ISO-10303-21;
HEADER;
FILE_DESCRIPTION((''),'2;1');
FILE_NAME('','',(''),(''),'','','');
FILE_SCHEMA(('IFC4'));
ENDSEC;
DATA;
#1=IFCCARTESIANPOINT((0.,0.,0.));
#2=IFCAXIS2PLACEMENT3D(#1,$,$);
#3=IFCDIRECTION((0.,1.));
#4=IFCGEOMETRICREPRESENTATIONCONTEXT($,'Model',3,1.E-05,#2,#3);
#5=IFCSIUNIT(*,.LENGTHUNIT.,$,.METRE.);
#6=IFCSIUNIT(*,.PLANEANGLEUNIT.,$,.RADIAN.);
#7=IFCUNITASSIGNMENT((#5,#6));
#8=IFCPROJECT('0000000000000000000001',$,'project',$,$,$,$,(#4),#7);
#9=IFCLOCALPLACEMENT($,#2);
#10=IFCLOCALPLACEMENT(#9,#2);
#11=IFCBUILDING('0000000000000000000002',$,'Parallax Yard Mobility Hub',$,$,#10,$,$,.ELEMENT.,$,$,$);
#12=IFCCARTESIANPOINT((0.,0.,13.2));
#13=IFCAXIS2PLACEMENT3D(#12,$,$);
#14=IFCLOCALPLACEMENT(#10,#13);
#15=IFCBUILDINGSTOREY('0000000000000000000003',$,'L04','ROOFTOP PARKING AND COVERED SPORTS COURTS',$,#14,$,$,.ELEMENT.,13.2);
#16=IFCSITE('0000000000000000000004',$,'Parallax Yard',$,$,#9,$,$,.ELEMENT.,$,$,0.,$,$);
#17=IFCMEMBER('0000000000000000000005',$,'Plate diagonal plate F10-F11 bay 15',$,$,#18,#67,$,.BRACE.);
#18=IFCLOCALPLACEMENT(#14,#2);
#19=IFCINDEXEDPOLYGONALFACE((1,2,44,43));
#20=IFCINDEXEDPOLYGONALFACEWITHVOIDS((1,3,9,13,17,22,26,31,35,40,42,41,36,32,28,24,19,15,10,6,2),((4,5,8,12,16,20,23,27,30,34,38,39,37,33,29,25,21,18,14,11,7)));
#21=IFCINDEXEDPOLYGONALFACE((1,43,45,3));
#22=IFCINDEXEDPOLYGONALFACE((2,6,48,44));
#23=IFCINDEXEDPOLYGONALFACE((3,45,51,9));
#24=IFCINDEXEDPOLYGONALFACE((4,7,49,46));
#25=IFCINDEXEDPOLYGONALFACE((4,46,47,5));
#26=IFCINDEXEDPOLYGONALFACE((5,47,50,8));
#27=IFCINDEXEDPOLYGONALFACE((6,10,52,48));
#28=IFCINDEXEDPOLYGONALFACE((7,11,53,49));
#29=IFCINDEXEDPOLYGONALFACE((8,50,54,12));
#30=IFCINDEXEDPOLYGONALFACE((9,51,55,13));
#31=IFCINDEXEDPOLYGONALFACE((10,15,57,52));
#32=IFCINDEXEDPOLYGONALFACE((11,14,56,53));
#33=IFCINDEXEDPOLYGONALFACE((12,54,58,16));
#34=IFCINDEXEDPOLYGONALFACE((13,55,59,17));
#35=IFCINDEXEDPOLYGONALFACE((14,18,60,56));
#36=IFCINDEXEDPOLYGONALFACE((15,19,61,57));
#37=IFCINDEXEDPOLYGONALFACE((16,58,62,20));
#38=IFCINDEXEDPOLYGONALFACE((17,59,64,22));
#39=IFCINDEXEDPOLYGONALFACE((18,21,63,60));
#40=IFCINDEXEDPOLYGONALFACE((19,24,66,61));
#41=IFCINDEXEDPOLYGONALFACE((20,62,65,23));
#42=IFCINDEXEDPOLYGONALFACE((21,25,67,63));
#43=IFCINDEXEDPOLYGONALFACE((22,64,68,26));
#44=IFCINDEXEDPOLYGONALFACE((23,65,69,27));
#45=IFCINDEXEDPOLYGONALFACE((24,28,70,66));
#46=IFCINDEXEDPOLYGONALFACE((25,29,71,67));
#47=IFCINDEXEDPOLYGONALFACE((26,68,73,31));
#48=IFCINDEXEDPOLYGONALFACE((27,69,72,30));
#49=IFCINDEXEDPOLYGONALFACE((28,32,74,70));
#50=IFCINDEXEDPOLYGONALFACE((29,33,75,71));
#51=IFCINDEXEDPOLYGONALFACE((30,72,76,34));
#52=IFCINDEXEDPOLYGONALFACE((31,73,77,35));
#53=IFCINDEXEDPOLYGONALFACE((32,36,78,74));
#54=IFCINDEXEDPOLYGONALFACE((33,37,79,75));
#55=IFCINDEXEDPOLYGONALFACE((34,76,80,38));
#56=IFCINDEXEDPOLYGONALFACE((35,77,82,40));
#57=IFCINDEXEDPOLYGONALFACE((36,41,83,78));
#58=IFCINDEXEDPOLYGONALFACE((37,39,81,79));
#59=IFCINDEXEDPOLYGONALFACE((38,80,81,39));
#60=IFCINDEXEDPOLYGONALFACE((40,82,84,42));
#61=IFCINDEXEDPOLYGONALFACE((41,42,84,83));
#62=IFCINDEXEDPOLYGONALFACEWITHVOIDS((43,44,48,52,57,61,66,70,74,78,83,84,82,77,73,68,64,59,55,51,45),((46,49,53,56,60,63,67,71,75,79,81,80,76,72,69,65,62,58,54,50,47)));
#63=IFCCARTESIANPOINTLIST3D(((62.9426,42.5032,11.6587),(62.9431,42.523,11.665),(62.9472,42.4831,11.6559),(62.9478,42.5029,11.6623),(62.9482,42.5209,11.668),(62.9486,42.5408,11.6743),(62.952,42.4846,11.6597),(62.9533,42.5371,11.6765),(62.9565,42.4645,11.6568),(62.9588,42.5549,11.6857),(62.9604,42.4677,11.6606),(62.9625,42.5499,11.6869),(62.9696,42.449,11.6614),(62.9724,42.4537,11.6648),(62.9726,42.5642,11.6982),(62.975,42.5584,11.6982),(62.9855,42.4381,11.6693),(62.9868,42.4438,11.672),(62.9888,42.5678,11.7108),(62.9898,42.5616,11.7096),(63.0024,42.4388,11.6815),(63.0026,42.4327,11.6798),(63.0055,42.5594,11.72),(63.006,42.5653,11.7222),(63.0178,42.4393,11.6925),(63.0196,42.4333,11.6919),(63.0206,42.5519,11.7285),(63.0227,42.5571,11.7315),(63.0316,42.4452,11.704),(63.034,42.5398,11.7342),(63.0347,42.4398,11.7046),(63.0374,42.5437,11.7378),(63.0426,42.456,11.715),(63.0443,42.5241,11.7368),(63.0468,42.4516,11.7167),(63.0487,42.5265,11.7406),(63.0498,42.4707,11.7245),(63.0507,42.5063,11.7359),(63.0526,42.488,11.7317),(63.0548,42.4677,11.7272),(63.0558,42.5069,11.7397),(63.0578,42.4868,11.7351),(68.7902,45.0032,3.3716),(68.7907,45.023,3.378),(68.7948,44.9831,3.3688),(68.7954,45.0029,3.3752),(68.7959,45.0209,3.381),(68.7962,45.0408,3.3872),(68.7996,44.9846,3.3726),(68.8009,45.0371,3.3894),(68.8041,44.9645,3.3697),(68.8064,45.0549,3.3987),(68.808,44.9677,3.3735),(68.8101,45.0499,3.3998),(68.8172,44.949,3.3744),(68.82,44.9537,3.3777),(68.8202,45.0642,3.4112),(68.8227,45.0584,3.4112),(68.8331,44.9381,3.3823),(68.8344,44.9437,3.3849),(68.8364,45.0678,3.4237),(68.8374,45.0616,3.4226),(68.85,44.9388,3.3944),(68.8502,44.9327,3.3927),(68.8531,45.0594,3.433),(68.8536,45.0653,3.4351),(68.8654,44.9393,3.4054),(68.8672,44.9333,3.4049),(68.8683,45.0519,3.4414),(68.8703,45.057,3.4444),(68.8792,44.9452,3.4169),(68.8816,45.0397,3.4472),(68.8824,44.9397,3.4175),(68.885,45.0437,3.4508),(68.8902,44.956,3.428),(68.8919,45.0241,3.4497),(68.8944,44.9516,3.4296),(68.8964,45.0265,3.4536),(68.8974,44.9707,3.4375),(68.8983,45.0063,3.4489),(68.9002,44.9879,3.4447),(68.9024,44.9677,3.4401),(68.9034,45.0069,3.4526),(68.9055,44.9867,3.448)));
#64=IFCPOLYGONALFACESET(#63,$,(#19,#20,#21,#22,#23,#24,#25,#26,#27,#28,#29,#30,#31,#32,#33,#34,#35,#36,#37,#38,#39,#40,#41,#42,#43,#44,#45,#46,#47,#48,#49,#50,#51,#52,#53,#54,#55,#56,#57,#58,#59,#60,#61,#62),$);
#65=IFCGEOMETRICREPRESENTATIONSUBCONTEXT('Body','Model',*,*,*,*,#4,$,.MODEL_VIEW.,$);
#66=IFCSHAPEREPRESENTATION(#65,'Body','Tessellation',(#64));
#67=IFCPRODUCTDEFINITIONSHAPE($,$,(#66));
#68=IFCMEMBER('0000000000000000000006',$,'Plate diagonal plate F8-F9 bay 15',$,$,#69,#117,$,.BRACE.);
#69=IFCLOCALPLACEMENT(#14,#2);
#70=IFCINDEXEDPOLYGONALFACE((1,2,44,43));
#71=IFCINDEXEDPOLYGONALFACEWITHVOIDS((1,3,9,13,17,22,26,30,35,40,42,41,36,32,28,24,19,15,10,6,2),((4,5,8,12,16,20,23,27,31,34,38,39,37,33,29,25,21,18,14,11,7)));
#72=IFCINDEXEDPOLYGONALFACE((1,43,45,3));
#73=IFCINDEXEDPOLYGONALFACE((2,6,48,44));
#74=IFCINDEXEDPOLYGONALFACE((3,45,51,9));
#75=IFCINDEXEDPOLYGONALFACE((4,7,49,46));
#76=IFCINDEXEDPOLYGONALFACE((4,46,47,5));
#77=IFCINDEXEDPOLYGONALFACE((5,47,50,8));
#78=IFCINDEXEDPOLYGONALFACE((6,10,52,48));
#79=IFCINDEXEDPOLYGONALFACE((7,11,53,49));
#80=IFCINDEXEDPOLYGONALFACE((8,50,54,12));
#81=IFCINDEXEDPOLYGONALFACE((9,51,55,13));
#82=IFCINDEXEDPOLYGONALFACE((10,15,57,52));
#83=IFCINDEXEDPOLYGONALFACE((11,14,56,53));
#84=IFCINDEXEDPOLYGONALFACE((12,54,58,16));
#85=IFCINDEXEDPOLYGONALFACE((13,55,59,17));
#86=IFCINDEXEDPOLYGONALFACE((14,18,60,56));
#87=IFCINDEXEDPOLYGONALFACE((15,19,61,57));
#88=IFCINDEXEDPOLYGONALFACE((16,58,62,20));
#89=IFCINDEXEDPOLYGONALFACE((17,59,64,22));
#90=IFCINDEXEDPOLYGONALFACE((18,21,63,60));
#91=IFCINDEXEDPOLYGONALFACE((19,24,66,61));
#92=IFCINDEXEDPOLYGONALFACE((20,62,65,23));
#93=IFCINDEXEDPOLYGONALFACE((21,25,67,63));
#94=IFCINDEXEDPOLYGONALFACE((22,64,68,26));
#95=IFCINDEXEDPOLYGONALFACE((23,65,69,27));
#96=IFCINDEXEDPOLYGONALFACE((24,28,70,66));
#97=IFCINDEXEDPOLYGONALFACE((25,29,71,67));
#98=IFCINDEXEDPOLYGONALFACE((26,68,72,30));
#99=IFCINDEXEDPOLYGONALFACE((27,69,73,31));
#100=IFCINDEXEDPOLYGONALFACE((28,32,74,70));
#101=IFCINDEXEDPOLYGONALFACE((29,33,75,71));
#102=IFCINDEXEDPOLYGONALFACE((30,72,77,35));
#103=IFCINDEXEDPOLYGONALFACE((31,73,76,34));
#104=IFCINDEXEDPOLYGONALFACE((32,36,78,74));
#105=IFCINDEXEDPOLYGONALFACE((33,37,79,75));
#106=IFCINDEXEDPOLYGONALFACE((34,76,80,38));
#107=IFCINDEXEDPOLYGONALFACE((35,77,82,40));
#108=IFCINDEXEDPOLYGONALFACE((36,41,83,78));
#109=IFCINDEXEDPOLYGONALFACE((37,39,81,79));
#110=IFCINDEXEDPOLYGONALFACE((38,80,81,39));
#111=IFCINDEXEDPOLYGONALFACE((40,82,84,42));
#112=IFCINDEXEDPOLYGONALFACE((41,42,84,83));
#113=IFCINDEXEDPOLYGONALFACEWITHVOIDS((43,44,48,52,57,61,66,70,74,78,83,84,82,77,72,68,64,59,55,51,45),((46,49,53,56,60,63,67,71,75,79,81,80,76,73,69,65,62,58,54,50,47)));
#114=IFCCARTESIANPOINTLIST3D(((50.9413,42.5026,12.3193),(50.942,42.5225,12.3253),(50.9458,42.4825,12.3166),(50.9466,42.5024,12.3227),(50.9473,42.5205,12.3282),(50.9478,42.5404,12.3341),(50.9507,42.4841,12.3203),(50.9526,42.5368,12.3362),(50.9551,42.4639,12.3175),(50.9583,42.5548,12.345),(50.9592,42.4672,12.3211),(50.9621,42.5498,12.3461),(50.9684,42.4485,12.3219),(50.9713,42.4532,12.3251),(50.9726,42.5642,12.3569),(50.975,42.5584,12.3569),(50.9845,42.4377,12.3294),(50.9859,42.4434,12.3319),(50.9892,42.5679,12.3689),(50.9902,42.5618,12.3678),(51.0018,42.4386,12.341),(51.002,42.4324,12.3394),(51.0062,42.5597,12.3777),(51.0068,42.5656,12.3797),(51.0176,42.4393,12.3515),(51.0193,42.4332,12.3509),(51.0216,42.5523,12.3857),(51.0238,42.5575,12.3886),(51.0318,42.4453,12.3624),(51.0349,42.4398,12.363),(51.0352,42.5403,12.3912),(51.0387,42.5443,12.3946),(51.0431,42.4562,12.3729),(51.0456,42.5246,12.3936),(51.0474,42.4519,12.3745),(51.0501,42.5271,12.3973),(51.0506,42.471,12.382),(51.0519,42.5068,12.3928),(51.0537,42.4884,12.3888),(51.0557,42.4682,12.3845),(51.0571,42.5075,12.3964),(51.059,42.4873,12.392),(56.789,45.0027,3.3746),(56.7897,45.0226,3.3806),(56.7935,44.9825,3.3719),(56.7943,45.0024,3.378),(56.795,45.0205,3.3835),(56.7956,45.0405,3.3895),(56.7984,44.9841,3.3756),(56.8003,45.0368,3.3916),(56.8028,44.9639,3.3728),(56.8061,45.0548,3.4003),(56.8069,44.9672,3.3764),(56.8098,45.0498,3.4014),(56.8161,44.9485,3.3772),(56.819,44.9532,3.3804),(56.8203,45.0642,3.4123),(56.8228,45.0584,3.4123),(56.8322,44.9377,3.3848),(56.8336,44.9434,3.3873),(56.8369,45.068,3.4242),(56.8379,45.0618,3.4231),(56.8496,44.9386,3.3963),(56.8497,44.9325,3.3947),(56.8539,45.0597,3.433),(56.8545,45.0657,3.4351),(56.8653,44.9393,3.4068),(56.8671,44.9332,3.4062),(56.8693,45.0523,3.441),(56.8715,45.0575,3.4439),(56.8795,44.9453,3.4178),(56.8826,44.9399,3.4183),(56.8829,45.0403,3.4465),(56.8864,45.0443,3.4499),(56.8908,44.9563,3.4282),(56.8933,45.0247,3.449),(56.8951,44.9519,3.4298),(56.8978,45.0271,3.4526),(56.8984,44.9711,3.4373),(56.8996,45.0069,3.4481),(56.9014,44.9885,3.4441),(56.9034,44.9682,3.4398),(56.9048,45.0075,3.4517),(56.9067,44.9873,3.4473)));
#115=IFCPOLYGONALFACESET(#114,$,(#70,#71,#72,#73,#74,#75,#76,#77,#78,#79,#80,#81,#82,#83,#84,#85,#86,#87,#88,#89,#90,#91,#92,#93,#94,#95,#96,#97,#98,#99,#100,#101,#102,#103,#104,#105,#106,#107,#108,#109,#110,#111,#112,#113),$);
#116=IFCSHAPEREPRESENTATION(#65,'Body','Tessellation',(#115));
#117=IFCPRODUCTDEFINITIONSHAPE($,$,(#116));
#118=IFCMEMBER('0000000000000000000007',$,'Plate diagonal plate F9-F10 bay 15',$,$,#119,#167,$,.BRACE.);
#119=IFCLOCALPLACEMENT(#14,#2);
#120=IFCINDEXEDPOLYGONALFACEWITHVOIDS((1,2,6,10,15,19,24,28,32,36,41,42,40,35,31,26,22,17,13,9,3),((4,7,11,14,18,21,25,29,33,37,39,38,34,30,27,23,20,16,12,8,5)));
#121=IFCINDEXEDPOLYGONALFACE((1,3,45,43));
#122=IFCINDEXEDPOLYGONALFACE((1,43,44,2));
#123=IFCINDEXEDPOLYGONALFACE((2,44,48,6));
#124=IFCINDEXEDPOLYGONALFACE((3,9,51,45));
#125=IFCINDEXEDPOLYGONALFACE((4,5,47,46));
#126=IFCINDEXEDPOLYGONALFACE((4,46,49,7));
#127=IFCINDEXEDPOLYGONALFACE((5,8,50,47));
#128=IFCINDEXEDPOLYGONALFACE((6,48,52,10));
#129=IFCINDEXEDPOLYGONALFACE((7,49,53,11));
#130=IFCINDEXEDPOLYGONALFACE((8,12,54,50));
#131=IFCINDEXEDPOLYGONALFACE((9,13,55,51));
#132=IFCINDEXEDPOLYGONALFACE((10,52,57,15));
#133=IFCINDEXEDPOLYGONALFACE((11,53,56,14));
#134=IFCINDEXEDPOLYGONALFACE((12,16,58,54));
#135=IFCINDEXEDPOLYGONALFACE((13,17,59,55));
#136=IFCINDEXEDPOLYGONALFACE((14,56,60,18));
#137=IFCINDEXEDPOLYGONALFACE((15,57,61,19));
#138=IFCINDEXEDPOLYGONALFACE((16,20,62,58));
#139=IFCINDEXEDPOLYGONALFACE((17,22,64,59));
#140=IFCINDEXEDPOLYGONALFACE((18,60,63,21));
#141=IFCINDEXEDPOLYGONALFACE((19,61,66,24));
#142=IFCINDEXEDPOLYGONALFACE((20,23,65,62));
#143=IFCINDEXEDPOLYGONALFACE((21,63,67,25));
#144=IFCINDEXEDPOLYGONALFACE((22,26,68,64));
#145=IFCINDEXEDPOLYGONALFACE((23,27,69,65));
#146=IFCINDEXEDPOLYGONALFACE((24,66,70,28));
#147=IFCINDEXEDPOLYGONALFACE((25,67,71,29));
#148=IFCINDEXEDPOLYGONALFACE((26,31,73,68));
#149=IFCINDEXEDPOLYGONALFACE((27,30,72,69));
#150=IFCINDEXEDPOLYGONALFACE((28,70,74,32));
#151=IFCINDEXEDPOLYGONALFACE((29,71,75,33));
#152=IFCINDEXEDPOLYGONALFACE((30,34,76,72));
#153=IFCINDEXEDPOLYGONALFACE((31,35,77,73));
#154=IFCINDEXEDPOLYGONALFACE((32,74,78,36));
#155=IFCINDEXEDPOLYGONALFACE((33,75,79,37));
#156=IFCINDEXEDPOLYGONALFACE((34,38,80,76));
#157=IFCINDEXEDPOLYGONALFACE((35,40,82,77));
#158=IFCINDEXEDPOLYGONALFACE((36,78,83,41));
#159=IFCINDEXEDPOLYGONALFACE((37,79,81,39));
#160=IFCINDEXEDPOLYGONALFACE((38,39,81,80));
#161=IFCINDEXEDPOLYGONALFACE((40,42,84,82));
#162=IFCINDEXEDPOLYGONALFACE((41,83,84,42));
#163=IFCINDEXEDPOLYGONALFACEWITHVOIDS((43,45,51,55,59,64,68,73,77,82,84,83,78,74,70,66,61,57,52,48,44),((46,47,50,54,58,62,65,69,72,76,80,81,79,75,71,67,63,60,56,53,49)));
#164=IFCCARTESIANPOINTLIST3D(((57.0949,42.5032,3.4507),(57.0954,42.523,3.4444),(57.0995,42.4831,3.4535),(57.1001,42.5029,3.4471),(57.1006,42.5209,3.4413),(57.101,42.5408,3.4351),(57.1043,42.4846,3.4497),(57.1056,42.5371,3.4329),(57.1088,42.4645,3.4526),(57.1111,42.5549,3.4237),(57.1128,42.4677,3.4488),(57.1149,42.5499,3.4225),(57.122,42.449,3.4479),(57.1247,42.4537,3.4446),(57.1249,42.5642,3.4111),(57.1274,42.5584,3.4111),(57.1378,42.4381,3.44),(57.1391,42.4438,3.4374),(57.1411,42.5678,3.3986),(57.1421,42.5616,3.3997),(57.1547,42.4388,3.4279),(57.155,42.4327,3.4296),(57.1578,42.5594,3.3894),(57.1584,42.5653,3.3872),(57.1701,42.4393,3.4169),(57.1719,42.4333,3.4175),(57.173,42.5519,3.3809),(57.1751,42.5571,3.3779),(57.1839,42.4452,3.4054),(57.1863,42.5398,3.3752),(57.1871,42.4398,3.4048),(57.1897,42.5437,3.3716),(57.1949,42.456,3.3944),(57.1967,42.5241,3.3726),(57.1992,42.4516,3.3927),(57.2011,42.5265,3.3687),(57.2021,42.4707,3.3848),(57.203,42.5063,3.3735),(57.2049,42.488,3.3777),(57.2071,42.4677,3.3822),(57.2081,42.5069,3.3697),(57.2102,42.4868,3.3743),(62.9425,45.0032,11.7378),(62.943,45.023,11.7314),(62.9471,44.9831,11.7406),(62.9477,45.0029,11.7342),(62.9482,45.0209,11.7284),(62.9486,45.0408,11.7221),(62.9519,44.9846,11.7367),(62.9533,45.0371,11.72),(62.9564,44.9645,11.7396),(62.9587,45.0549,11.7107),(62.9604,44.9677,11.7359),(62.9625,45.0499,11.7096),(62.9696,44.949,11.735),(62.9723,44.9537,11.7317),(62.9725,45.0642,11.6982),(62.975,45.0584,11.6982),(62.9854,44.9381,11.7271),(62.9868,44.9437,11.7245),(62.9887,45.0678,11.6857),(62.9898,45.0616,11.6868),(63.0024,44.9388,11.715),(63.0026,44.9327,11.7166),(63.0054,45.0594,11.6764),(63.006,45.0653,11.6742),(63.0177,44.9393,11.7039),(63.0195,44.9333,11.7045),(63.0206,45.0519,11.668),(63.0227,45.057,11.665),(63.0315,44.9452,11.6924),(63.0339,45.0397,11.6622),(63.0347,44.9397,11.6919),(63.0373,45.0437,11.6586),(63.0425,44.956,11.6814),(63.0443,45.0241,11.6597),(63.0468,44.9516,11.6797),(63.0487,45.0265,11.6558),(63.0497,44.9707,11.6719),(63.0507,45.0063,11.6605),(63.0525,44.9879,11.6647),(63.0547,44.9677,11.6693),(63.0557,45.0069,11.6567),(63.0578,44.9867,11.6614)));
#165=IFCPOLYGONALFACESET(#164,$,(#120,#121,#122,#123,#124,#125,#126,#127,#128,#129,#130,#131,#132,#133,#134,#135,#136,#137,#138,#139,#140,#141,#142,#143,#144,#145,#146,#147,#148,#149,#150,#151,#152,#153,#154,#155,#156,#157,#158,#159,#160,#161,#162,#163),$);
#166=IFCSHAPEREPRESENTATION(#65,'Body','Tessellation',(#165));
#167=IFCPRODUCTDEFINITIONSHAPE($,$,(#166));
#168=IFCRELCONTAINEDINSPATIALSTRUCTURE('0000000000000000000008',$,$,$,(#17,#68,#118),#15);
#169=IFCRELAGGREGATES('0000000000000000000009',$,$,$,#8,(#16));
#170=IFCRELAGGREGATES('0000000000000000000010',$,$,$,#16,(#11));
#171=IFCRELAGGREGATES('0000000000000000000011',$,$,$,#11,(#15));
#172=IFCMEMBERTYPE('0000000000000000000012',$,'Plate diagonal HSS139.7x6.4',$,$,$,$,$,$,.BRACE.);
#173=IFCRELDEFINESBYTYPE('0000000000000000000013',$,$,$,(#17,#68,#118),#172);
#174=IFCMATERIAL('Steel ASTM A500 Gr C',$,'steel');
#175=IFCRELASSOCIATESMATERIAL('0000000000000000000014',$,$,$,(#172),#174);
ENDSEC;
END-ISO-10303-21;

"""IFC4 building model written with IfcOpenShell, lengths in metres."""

from ifc_helpers import new_model, si_unit, direction, frame, origin, origin_2d, place, context, subcontext, project, spatial, hollow_circle, extrude, material, material_profile, profile_set, type_object, element, save


model = new_model("IFC4")

# Units and contexts
model_context = context("Model", 3, precision=1e-05, world=origin(), true_north=direction((0.0, 1.0)))
body_context = subcontext(model_context, "Body", "Model", "MODEL_VIEW")
ifc_project = project(units=[si_unit("LENGTHUNIT", "METRE"), si_unit("PLANEANGLEUNIT", "RADIAN")], contexts=[model_context])

# Site, building, storey
site_placement = place(None, origin())
site = spatial("IfcSite", under=ifc_project, at=site_placement, Name="Parallax Yard", CompositionType="ELEMENT", RefElevation=0.0)
building_placement = place(site_placement, origin())
building = spatial("IfcBuilding", under=site, at=building_placement, Name="Parallax Yard Mobility Hub", CompositionType="ELEMENT")
storey_placement = place(building_placement, frame((0.0, 0.0, 13.2)))
storey = spatial("IfcBuildingStorey", under=building, at=storey_placement, Name="L04", Description="ROOFTOP PARKING AND COVERED SPORTS COURTS", CompositionType="ELEMENT", Elevation=13.2)

# Members
ifc_material_1 = material(Name="Steel ASTM A500 Gr C", Category="steel")
ifc_material_profile_1 = material_profile(ifc_material_1, hollow_circle(Radius=0.0698, WallThickness=0.0063, at=origin_2d()), Name="HSS139.7x6.4")
ifc_profile_set_1 = profile_set([ifc_material_profile_1], Name="Steel ASTM A500 Gr C")
member_type_1 = type_object("IfcMemberType", Name="Plate diagonal HSS139.7x6.4", PredefinedType="BRACE", material=ifc_profile_set_1)
for number, where, z_axis, x_axis, name in (
    (1, (63.0, 42.5, 11.6982), (0.559793, 0.239323, -0.79332), (-0.393104, 0.919494, 0.0), "Plate diagonal plate F10-F11 bay 15"),
):
    element("IfcMember", number, at=place(storey_placement, frame(where, z_axis=z_axis, x_axis=x_axis)), inside=storey, type_object=member_type_1, Name=name, PredefinedType="BRACE", context=body_context, shape_type="SweptSolid", body=[
        extrude(hollow_circle(Radius=0.0698, WallThickness=0.0063, at=origin_2d()), origin(), (0.0, 0.0, 1.0), 10.446),
    ])
member_1_placement = place(storey_placement, frame((51.0, 42.5, 12.3569), z_axis=(0.532816, 0.22779, -0.814996), x_axis=(-0.393104, 0.919494, 0.0)))
element("IfcMember", 2, at=member_1_placement, inside=storey, type_object=member_type_1, Name="Plate diagonal plate F8-F9 bay 15", PredefinedType="BRACE", context=body_context, shape_type="SweptSolid", body=[
    extrude(hollow_circle(Radius=0.0698, WallThickness=0.0063, at=origin_2d()), origin(), (0.0, 0.0, 1.0), 10.9751),
])
member_2_placement = place(storey_placement, frame((57.1523, 42.5, 3.4111), z_axis=(0.559793, 0.239323, 0.79332), x_axis=(-0.393104, 0.919494, 0.0)))
element("IfcMember", 3, at=member_2_placement, inside=storey, type_object=member_type_1, Name="Plate diagonal plate F9-F10 bay 15", PredefinedType="BRACE", context=body_context, shape_type="SweptSolid", body=[
    extrude(hollow_circle(Radius=0.0698, WallThickness=0.0063, at=origin_2d()), origin(), (0.0, 0.0, 1.0), 10.446),
])

save(model, "model.ifc")
